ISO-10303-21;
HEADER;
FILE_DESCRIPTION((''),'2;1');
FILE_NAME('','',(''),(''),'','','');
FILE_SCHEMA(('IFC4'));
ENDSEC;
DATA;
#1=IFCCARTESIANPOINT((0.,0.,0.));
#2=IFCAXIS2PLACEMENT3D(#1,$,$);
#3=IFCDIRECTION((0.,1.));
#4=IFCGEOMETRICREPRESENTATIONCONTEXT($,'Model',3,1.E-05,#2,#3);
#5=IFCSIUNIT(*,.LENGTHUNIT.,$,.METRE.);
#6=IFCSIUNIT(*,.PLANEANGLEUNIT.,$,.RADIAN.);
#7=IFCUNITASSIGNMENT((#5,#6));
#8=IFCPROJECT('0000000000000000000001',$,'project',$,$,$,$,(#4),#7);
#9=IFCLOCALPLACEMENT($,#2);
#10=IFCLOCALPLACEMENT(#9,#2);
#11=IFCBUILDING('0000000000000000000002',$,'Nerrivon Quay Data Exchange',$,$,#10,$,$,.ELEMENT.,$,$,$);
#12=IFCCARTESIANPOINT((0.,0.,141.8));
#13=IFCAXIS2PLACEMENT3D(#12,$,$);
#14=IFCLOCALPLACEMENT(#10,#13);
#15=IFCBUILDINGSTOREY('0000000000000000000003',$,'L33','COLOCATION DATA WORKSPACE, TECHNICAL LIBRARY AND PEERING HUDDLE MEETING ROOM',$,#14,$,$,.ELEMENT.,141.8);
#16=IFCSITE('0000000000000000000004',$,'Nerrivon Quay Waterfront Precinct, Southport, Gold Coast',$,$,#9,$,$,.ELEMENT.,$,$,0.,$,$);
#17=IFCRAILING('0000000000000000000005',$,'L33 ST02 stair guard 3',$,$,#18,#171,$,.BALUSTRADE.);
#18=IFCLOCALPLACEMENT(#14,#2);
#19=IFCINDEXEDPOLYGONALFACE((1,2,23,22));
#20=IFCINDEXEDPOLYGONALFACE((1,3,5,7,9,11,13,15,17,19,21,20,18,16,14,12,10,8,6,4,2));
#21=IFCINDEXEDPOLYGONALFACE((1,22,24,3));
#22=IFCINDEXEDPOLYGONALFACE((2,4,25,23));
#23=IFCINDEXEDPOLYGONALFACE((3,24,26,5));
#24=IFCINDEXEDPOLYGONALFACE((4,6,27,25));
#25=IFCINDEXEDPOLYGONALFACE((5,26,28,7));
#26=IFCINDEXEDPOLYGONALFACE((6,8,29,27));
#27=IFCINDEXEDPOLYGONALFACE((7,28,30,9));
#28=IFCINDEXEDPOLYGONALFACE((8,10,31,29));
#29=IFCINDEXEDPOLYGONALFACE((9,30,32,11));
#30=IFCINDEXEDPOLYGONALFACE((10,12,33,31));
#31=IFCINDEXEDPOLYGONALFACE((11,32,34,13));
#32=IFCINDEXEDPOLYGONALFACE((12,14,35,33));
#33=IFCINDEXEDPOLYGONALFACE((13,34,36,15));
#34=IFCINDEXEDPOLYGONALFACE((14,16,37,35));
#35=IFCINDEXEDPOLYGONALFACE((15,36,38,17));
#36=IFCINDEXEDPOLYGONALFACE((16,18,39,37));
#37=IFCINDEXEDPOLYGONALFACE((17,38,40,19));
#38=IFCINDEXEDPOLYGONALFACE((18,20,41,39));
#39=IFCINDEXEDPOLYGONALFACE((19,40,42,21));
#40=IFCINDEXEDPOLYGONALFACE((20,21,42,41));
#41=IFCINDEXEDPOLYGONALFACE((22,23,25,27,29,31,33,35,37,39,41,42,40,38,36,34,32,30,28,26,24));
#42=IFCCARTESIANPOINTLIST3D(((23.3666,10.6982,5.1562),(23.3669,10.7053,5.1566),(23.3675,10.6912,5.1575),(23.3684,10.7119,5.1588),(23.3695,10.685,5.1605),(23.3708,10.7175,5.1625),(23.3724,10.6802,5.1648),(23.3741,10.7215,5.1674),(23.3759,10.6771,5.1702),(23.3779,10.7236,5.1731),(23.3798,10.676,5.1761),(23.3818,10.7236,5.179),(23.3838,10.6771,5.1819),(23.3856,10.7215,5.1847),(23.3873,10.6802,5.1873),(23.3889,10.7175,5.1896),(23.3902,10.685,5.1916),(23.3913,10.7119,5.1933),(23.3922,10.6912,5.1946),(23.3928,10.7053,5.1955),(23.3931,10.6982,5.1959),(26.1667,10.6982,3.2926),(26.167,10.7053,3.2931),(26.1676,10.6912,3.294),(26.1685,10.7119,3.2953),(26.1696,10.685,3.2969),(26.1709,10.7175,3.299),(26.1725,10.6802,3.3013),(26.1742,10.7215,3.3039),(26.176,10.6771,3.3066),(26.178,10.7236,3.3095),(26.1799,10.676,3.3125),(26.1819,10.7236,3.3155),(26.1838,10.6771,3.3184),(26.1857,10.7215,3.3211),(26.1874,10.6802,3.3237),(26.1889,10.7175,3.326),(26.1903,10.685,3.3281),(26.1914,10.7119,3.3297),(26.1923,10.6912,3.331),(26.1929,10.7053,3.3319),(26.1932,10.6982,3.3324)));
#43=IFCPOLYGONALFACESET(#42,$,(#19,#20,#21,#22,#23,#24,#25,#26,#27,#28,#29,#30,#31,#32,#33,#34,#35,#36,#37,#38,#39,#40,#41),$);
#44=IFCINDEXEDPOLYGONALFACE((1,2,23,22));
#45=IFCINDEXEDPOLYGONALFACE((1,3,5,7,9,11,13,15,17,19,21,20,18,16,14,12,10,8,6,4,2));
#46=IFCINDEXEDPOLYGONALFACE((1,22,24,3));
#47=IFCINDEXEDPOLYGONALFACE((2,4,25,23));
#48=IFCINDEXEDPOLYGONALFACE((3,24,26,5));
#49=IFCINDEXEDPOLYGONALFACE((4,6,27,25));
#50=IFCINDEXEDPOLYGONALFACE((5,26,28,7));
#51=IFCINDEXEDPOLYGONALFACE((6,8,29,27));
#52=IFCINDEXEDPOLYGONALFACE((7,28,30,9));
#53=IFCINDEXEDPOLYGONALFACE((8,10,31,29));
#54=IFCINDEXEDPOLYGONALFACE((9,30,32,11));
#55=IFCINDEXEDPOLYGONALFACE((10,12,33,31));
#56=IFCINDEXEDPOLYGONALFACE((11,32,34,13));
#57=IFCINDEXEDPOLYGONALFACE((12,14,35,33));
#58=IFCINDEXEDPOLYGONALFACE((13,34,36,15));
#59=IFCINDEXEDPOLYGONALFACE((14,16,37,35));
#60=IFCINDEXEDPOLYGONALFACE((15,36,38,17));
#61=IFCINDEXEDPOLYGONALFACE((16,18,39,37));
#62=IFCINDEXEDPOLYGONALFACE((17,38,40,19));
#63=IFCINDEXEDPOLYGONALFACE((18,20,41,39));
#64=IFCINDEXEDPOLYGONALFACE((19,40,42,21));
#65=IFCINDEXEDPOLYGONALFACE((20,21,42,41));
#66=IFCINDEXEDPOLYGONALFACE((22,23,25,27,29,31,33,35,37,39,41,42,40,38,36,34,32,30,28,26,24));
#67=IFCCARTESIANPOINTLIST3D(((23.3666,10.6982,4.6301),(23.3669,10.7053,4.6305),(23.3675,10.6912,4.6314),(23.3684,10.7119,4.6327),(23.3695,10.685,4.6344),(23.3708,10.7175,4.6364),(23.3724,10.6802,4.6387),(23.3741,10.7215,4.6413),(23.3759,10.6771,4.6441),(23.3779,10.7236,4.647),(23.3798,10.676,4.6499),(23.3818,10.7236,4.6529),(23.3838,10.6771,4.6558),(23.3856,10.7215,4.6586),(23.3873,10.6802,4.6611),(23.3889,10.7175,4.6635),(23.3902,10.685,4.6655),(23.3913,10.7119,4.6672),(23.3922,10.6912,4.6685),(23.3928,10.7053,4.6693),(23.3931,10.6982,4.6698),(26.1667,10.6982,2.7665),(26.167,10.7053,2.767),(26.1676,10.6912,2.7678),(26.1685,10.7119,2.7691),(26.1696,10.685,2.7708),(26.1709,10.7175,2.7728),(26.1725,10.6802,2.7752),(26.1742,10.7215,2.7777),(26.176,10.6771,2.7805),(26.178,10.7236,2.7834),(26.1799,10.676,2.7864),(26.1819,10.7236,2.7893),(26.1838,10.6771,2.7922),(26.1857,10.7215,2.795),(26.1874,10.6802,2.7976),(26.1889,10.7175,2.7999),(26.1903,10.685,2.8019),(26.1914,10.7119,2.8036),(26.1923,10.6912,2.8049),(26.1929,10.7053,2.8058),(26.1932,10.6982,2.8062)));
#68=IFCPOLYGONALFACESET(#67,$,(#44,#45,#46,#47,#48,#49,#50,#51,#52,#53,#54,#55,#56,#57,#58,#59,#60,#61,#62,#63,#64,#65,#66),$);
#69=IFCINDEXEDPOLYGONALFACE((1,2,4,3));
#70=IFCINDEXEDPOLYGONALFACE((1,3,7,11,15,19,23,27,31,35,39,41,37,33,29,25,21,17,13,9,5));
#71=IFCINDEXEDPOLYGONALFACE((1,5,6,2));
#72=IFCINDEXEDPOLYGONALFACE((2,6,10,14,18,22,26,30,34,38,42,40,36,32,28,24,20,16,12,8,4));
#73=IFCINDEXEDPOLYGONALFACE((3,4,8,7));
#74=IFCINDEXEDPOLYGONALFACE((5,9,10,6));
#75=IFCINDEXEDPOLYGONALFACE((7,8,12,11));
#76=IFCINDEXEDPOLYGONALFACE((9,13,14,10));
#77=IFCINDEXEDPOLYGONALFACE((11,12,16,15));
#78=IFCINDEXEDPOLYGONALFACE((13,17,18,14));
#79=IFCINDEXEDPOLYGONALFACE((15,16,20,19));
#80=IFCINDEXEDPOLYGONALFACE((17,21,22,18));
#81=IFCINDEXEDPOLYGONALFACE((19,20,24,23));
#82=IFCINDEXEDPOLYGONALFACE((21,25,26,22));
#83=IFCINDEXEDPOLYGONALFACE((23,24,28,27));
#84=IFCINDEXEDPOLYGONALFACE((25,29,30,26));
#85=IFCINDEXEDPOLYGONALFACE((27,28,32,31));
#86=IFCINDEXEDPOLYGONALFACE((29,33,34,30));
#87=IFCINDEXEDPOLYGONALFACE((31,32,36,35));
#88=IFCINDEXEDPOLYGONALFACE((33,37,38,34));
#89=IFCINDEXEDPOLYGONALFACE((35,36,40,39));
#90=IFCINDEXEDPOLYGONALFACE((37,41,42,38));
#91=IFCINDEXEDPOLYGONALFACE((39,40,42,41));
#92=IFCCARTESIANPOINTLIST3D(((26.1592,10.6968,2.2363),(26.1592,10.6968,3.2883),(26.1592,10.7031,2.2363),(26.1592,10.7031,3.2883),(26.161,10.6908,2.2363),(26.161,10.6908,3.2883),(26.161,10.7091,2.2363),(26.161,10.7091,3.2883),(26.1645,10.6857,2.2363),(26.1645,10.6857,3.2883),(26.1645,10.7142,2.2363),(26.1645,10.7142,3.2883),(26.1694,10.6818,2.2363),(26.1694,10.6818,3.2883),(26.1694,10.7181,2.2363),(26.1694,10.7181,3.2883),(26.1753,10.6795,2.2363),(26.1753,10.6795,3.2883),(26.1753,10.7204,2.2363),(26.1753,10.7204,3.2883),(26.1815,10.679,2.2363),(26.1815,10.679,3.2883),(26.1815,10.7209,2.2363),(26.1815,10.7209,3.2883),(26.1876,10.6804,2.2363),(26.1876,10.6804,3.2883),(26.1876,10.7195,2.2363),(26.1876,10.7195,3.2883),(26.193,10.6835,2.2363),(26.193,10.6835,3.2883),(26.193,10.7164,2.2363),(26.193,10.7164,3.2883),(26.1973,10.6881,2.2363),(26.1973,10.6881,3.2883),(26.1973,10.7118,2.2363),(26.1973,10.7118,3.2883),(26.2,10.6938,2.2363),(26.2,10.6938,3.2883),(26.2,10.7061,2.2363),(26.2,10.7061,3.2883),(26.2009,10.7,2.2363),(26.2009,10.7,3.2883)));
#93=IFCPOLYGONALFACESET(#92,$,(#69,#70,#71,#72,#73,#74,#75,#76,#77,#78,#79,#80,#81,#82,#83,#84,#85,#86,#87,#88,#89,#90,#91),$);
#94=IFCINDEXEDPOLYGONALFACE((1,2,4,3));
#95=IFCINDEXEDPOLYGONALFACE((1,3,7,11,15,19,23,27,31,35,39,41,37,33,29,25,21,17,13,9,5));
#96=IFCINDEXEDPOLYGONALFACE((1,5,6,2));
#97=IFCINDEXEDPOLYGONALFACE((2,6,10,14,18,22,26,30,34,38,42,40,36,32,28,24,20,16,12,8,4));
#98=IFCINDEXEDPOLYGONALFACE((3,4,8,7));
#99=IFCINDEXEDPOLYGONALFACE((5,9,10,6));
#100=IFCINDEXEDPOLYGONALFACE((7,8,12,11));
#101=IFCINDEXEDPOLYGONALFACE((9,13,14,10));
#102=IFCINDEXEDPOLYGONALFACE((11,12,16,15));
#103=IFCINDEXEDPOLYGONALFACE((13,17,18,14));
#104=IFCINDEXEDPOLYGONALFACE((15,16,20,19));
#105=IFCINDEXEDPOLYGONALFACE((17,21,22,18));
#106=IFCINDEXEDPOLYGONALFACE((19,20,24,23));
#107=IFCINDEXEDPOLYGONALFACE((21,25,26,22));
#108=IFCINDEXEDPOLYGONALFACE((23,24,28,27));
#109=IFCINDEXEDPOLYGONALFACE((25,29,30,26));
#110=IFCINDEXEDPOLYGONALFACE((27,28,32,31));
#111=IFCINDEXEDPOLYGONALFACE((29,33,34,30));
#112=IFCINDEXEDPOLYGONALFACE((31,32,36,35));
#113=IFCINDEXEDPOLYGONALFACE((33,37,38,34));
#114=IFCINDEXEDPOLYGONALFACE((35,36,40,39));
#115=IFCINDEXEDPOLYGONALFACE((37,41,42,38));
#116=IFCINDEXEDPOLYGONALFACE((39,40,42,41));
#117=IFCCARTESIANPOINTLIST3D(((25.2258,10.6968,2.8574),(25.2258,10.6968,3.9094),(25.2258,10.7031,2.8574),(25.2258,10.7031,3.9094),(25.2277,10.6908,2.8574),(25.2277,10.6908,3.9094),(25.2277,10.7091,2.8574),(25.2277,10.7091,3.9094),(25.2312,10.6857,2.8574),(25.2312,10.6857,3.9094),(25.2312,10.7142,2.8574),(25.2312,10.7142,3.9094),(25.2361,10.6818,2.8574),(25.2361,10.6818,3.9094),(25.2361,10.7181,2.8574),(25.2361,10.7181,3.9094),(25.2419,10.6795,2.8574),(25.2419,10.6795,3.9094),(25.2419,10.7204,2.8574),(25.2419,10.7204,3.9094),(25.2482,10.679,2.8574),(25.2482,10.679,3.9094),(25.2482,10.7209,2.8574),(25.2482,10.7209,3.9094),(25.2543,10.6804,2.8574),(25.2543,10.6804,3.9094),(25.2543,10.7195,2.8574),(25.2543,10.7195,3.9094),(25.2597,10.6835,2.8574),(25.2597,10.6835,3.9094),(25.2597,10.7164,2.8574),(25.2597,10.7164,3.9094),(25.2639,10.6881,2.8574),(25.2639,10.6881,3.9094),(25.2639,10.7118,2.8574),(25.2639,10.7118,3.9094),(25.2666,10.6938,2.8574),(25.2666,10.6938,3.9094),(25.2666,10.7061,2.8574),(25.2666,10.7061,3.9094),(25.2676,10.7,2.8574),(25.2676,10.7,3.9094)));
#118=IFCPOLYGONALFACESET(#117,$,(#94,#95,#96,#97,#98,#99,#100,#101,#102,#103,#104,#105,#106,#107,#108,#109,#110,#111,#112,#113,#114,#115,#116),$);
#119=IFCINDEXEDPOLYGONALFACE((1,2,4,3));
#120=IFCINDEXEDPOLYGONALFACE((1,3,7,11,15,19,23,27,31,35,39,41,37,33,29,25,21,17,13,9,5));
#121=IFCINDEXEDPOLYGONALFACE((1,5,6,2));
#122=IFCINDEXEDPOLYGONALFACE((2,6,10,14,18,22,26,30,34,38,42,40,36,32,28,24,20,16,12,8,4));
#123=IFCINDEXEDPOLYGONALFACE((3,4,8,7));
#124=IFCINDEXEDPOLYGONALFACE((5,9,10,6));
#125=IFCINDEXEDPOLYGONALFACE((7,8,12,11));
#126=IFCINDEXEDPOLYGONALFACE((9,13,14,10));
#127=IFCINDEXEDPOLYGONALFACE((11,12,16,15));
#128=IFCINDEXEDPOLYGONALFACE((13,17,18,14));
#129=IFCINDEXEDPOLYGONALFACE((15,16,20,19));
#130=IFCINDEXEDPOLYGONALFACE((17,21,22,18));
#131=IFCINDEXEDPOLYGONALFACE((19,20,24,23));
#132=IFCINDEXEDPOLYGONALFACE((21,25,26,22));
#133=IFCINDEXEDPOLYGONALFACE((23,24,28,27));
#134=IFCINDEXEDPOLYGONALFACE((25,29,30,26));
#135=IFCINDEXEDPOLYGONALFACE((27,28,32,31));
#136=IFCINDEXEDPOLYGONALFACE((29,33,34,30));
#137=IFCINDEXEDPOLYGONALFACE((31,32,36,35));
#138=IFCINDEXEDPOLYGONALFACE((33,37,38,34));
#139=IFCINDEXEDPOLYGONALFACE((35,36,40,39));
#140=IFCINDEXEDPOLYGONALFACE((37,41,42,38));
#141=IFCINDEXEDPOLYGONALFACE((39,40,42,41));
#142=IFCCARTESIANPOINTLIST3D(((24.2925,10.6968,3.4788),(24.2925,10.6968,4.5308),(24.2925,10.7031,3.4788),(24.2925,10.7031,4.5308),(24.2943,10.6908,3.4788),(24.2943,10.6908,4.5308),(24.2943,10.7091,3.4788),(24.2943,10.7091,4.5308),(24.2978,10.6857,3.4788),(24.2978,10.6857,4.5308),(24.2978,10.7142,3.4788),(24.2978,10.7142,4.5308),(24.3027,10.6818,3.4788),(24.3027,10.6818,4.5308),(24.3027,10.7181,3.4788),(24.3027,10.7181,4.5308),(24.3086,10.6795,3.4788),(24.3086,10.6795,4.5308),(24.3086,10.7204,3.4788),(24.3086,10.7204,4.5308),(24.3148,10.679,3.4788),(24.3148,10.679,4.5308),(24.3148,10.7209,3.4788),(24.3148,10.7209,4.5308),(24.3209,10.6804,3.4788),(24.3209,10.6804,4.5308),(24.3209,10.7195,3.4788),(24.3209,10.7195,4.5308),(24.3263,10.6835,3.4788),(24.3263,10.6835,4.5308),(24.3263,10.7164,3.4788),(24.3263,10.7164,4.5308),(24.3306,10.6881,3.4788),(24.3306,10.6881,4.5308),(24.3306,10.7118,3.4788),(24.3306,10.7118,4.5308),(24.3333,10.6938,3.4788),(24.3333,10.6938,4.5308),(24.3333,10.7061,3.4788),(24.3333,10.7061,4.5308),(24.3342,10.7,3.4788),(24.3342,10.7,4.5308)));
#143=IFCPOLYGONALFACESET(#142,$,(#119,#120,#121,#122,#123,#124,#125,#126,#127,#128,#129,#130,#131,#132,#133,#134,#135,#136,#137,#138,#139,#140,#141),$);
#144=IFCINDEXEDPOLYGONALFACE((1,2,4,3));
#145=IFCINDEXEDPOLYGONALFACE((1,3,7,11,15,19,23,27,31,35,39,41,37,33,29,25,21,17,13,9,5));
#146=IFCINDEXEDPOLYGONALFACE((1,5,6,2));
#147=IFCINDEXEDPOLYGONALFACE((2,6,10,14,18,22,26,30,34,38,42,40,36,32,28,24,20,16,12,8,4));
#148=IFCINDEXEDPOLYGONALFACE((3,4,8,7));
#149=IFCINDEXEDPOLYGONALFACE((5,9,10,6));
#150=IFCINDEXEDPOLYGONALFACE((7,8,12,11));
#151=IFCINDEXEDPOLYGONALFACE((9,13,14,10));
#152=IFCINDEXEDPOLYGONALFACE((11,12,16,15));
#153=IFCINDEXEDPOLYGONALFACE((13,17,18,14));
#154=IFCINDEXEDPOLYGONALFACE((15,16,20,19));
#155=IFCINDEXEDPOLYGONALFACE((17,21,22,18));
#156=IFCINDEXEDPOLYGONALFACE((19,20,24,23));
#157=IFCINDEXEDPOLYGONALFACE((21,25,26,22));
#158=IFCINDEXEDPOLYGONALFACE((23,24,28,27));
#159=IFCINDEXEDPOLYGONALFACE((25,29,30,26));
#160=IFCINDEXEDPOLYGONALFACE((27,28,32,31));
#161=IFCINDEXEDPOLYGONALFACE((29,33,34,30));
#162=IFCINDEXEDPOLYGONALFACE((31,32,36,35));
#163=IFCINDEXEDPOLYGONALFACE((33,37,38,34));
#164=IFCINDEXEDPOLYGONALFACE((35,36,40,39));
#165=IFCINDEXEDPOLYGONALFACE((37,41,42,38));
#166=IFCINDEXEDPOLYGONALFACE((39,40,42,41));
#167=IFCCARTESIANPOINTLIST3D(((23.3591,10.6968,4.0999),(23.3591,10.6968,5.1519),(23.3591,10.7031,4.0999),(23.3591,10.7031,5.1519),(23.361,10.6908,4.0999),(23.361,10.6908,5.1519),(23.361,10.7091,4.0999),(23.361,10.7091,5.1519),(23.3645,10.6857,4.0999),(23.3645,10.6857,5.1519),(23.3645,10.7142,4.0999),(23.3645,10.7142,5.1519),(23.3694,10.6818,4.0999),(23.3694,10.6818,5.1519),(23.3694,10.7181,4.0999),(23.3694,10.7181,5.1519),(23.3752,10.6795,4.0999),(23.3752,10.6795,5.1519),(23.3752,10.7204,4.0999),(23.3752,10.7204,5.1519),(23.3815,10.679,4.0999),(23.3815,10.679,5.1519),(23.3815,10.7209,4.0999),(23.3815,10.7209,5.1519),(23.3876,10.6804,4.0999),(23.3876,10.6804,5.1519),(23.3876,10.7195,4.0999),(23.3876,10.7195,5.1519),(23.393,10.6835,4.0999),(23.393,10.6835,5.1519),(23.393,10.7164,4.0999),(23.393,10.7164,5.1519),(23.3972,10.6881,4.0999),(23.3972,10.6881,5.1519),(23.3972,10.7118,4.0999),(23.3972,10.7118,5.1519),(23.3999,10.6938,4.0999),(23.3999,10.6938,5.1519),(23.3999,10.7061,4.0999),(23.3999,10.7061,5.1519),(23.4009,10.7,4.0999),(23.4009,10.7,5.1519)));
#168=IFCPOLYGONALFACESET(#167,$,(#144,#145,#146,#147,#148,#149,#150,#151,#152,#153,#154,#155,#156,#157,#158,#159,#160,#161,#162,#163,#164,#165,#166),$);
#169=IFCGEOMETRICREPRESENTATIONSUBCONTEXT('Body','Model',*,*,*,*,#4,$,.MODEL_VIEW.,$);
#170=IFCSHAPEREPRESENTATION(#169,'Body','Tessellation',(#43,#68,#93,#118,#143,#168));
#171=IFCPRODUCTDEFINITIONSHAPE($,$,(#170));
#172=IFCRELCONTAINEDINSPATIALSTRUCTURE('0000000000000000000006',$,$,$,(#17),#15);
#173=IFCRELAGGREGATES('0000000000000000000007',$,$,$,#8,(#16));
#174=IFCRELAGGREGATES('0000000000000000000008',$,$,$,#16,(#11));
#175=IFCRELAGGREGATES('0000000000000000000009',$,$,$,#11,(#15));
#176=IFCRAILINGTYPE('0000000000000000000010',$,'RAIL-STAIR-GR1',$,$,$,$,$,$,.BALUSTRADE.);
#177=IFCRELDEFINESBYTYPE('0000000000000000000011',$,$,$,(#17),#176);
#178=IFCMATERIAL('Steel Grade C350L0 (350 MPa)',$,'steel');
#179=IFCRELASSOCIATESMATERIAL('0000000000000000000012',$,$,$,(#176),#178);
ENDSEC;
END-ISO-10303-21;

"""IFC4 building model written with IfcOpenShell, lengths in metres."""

from ifc_helpers import new_model, si_unit, direction, frame, origin, origin_2d, place, context, subcontext, project, spatial, circle, extrude, material, type_object, element, save


model = new_model("IFC4")

# Units and contexts
model_context = context("Model", 3, precision=1e-05, world=origin(), true_north=direction((0.0, 1.0)))
body_context = subcontext(model_context, "Body", "Model", "MODEL_VIEW")
ifc_project = project(units=[si_unit("LENGTHUNIT", "METRE"), si_unit("PLANEANGLEUNIT", "RADIAN")], contexts=[model_context])

# Site, building, storey
site_placement = place(None, origin())
site = spatial("IfcSite", under=ifc_project, at=site_placement, Name="Nerrivon Quay Waterfront Precinct, Southport, Gold Coast", CompositionType="ELEMENT", RefElevation=0.0)
building_placement = place(site_placement, origin())
building = spatial("IfcBuilding", under=site, at=building_placement, Name="Nerrivon Quay Data Exchange", CompositionType="ELEMENT")
storey_placement = place(building_placement, frame((0.0, 0.0, 141.8)))
storey = spatial("IfcBuildingStorey", under=building, at=storey_placement, Name="L33", Description="COLOCATION DATA WORKSPACE, TECHNICAL LIBRARY AND PEERING HUDDLE MEETING ROOM", CompositionType="ELEMENT", Elevation=141.8)

# Railing
ifc_material_1 = material(Name="Steel Grade C350L0 (350 MPa)", Category="steel")
railing_type_1 = type_object("IfcRailingType", Name="RAIL-STAIR-GR1", PredefinedType="BALUSTRADE", material=ifc_material_1)
railing_1_placement = place(storey_placement, frame((26.1799, 10.7, 2.2363)))
element("IfcRailing", 1, at=railing_1_placement, inside=storey, type_object=railing_type_1, Name="L33 ST02 stair guard 3", PredefinedType="BALUSTRADE", context=body_context, shape_type="SweptSolid", body=[
    extrude(circle(Radius=0.0239, at=origin_2d()), frame((0.0, 0.0, 1.0762), z_axis=(-0.832486, 0.0, 0.554047), x_axis=(0.0, -1.0, 0.0)), (0.0, 0.0, 1.0), 3.3635),
    extrude(circle(Radius=0.0239, at=origin_2d()), frame((0.0, 0.0, 0.55), z_axis=(-0.832486, 0.0, 0.554047), x_axis=(0.0, -1.0, 0.0)), (0.0, 0.0, 1.0), 3.3635),
    extrude(circle(Radius=0.021, at=origin_2d()), origin(), (0.0, 0.0, 1.0), 1.052),
    extrude(circle(Radius=0.021, at=origin_2d()), frame((-0.9333, 0.0, 0.6211)), (0.0, 0.0, 1.0), 1.052),
    extrude(circle(Radius=0.021, at=origin_2d()), frame((-1.8667, 0.0, 1.2424)), (0.0, 0.0, 1.0), 1.052),
    extrude(circle(Radius=0.021, at=origin_2d()), frame((-2.8, 0.0, 1.8635)), (0.0, 0.0, 1.0), 1.052),
])

save(model, "model.ifc")
